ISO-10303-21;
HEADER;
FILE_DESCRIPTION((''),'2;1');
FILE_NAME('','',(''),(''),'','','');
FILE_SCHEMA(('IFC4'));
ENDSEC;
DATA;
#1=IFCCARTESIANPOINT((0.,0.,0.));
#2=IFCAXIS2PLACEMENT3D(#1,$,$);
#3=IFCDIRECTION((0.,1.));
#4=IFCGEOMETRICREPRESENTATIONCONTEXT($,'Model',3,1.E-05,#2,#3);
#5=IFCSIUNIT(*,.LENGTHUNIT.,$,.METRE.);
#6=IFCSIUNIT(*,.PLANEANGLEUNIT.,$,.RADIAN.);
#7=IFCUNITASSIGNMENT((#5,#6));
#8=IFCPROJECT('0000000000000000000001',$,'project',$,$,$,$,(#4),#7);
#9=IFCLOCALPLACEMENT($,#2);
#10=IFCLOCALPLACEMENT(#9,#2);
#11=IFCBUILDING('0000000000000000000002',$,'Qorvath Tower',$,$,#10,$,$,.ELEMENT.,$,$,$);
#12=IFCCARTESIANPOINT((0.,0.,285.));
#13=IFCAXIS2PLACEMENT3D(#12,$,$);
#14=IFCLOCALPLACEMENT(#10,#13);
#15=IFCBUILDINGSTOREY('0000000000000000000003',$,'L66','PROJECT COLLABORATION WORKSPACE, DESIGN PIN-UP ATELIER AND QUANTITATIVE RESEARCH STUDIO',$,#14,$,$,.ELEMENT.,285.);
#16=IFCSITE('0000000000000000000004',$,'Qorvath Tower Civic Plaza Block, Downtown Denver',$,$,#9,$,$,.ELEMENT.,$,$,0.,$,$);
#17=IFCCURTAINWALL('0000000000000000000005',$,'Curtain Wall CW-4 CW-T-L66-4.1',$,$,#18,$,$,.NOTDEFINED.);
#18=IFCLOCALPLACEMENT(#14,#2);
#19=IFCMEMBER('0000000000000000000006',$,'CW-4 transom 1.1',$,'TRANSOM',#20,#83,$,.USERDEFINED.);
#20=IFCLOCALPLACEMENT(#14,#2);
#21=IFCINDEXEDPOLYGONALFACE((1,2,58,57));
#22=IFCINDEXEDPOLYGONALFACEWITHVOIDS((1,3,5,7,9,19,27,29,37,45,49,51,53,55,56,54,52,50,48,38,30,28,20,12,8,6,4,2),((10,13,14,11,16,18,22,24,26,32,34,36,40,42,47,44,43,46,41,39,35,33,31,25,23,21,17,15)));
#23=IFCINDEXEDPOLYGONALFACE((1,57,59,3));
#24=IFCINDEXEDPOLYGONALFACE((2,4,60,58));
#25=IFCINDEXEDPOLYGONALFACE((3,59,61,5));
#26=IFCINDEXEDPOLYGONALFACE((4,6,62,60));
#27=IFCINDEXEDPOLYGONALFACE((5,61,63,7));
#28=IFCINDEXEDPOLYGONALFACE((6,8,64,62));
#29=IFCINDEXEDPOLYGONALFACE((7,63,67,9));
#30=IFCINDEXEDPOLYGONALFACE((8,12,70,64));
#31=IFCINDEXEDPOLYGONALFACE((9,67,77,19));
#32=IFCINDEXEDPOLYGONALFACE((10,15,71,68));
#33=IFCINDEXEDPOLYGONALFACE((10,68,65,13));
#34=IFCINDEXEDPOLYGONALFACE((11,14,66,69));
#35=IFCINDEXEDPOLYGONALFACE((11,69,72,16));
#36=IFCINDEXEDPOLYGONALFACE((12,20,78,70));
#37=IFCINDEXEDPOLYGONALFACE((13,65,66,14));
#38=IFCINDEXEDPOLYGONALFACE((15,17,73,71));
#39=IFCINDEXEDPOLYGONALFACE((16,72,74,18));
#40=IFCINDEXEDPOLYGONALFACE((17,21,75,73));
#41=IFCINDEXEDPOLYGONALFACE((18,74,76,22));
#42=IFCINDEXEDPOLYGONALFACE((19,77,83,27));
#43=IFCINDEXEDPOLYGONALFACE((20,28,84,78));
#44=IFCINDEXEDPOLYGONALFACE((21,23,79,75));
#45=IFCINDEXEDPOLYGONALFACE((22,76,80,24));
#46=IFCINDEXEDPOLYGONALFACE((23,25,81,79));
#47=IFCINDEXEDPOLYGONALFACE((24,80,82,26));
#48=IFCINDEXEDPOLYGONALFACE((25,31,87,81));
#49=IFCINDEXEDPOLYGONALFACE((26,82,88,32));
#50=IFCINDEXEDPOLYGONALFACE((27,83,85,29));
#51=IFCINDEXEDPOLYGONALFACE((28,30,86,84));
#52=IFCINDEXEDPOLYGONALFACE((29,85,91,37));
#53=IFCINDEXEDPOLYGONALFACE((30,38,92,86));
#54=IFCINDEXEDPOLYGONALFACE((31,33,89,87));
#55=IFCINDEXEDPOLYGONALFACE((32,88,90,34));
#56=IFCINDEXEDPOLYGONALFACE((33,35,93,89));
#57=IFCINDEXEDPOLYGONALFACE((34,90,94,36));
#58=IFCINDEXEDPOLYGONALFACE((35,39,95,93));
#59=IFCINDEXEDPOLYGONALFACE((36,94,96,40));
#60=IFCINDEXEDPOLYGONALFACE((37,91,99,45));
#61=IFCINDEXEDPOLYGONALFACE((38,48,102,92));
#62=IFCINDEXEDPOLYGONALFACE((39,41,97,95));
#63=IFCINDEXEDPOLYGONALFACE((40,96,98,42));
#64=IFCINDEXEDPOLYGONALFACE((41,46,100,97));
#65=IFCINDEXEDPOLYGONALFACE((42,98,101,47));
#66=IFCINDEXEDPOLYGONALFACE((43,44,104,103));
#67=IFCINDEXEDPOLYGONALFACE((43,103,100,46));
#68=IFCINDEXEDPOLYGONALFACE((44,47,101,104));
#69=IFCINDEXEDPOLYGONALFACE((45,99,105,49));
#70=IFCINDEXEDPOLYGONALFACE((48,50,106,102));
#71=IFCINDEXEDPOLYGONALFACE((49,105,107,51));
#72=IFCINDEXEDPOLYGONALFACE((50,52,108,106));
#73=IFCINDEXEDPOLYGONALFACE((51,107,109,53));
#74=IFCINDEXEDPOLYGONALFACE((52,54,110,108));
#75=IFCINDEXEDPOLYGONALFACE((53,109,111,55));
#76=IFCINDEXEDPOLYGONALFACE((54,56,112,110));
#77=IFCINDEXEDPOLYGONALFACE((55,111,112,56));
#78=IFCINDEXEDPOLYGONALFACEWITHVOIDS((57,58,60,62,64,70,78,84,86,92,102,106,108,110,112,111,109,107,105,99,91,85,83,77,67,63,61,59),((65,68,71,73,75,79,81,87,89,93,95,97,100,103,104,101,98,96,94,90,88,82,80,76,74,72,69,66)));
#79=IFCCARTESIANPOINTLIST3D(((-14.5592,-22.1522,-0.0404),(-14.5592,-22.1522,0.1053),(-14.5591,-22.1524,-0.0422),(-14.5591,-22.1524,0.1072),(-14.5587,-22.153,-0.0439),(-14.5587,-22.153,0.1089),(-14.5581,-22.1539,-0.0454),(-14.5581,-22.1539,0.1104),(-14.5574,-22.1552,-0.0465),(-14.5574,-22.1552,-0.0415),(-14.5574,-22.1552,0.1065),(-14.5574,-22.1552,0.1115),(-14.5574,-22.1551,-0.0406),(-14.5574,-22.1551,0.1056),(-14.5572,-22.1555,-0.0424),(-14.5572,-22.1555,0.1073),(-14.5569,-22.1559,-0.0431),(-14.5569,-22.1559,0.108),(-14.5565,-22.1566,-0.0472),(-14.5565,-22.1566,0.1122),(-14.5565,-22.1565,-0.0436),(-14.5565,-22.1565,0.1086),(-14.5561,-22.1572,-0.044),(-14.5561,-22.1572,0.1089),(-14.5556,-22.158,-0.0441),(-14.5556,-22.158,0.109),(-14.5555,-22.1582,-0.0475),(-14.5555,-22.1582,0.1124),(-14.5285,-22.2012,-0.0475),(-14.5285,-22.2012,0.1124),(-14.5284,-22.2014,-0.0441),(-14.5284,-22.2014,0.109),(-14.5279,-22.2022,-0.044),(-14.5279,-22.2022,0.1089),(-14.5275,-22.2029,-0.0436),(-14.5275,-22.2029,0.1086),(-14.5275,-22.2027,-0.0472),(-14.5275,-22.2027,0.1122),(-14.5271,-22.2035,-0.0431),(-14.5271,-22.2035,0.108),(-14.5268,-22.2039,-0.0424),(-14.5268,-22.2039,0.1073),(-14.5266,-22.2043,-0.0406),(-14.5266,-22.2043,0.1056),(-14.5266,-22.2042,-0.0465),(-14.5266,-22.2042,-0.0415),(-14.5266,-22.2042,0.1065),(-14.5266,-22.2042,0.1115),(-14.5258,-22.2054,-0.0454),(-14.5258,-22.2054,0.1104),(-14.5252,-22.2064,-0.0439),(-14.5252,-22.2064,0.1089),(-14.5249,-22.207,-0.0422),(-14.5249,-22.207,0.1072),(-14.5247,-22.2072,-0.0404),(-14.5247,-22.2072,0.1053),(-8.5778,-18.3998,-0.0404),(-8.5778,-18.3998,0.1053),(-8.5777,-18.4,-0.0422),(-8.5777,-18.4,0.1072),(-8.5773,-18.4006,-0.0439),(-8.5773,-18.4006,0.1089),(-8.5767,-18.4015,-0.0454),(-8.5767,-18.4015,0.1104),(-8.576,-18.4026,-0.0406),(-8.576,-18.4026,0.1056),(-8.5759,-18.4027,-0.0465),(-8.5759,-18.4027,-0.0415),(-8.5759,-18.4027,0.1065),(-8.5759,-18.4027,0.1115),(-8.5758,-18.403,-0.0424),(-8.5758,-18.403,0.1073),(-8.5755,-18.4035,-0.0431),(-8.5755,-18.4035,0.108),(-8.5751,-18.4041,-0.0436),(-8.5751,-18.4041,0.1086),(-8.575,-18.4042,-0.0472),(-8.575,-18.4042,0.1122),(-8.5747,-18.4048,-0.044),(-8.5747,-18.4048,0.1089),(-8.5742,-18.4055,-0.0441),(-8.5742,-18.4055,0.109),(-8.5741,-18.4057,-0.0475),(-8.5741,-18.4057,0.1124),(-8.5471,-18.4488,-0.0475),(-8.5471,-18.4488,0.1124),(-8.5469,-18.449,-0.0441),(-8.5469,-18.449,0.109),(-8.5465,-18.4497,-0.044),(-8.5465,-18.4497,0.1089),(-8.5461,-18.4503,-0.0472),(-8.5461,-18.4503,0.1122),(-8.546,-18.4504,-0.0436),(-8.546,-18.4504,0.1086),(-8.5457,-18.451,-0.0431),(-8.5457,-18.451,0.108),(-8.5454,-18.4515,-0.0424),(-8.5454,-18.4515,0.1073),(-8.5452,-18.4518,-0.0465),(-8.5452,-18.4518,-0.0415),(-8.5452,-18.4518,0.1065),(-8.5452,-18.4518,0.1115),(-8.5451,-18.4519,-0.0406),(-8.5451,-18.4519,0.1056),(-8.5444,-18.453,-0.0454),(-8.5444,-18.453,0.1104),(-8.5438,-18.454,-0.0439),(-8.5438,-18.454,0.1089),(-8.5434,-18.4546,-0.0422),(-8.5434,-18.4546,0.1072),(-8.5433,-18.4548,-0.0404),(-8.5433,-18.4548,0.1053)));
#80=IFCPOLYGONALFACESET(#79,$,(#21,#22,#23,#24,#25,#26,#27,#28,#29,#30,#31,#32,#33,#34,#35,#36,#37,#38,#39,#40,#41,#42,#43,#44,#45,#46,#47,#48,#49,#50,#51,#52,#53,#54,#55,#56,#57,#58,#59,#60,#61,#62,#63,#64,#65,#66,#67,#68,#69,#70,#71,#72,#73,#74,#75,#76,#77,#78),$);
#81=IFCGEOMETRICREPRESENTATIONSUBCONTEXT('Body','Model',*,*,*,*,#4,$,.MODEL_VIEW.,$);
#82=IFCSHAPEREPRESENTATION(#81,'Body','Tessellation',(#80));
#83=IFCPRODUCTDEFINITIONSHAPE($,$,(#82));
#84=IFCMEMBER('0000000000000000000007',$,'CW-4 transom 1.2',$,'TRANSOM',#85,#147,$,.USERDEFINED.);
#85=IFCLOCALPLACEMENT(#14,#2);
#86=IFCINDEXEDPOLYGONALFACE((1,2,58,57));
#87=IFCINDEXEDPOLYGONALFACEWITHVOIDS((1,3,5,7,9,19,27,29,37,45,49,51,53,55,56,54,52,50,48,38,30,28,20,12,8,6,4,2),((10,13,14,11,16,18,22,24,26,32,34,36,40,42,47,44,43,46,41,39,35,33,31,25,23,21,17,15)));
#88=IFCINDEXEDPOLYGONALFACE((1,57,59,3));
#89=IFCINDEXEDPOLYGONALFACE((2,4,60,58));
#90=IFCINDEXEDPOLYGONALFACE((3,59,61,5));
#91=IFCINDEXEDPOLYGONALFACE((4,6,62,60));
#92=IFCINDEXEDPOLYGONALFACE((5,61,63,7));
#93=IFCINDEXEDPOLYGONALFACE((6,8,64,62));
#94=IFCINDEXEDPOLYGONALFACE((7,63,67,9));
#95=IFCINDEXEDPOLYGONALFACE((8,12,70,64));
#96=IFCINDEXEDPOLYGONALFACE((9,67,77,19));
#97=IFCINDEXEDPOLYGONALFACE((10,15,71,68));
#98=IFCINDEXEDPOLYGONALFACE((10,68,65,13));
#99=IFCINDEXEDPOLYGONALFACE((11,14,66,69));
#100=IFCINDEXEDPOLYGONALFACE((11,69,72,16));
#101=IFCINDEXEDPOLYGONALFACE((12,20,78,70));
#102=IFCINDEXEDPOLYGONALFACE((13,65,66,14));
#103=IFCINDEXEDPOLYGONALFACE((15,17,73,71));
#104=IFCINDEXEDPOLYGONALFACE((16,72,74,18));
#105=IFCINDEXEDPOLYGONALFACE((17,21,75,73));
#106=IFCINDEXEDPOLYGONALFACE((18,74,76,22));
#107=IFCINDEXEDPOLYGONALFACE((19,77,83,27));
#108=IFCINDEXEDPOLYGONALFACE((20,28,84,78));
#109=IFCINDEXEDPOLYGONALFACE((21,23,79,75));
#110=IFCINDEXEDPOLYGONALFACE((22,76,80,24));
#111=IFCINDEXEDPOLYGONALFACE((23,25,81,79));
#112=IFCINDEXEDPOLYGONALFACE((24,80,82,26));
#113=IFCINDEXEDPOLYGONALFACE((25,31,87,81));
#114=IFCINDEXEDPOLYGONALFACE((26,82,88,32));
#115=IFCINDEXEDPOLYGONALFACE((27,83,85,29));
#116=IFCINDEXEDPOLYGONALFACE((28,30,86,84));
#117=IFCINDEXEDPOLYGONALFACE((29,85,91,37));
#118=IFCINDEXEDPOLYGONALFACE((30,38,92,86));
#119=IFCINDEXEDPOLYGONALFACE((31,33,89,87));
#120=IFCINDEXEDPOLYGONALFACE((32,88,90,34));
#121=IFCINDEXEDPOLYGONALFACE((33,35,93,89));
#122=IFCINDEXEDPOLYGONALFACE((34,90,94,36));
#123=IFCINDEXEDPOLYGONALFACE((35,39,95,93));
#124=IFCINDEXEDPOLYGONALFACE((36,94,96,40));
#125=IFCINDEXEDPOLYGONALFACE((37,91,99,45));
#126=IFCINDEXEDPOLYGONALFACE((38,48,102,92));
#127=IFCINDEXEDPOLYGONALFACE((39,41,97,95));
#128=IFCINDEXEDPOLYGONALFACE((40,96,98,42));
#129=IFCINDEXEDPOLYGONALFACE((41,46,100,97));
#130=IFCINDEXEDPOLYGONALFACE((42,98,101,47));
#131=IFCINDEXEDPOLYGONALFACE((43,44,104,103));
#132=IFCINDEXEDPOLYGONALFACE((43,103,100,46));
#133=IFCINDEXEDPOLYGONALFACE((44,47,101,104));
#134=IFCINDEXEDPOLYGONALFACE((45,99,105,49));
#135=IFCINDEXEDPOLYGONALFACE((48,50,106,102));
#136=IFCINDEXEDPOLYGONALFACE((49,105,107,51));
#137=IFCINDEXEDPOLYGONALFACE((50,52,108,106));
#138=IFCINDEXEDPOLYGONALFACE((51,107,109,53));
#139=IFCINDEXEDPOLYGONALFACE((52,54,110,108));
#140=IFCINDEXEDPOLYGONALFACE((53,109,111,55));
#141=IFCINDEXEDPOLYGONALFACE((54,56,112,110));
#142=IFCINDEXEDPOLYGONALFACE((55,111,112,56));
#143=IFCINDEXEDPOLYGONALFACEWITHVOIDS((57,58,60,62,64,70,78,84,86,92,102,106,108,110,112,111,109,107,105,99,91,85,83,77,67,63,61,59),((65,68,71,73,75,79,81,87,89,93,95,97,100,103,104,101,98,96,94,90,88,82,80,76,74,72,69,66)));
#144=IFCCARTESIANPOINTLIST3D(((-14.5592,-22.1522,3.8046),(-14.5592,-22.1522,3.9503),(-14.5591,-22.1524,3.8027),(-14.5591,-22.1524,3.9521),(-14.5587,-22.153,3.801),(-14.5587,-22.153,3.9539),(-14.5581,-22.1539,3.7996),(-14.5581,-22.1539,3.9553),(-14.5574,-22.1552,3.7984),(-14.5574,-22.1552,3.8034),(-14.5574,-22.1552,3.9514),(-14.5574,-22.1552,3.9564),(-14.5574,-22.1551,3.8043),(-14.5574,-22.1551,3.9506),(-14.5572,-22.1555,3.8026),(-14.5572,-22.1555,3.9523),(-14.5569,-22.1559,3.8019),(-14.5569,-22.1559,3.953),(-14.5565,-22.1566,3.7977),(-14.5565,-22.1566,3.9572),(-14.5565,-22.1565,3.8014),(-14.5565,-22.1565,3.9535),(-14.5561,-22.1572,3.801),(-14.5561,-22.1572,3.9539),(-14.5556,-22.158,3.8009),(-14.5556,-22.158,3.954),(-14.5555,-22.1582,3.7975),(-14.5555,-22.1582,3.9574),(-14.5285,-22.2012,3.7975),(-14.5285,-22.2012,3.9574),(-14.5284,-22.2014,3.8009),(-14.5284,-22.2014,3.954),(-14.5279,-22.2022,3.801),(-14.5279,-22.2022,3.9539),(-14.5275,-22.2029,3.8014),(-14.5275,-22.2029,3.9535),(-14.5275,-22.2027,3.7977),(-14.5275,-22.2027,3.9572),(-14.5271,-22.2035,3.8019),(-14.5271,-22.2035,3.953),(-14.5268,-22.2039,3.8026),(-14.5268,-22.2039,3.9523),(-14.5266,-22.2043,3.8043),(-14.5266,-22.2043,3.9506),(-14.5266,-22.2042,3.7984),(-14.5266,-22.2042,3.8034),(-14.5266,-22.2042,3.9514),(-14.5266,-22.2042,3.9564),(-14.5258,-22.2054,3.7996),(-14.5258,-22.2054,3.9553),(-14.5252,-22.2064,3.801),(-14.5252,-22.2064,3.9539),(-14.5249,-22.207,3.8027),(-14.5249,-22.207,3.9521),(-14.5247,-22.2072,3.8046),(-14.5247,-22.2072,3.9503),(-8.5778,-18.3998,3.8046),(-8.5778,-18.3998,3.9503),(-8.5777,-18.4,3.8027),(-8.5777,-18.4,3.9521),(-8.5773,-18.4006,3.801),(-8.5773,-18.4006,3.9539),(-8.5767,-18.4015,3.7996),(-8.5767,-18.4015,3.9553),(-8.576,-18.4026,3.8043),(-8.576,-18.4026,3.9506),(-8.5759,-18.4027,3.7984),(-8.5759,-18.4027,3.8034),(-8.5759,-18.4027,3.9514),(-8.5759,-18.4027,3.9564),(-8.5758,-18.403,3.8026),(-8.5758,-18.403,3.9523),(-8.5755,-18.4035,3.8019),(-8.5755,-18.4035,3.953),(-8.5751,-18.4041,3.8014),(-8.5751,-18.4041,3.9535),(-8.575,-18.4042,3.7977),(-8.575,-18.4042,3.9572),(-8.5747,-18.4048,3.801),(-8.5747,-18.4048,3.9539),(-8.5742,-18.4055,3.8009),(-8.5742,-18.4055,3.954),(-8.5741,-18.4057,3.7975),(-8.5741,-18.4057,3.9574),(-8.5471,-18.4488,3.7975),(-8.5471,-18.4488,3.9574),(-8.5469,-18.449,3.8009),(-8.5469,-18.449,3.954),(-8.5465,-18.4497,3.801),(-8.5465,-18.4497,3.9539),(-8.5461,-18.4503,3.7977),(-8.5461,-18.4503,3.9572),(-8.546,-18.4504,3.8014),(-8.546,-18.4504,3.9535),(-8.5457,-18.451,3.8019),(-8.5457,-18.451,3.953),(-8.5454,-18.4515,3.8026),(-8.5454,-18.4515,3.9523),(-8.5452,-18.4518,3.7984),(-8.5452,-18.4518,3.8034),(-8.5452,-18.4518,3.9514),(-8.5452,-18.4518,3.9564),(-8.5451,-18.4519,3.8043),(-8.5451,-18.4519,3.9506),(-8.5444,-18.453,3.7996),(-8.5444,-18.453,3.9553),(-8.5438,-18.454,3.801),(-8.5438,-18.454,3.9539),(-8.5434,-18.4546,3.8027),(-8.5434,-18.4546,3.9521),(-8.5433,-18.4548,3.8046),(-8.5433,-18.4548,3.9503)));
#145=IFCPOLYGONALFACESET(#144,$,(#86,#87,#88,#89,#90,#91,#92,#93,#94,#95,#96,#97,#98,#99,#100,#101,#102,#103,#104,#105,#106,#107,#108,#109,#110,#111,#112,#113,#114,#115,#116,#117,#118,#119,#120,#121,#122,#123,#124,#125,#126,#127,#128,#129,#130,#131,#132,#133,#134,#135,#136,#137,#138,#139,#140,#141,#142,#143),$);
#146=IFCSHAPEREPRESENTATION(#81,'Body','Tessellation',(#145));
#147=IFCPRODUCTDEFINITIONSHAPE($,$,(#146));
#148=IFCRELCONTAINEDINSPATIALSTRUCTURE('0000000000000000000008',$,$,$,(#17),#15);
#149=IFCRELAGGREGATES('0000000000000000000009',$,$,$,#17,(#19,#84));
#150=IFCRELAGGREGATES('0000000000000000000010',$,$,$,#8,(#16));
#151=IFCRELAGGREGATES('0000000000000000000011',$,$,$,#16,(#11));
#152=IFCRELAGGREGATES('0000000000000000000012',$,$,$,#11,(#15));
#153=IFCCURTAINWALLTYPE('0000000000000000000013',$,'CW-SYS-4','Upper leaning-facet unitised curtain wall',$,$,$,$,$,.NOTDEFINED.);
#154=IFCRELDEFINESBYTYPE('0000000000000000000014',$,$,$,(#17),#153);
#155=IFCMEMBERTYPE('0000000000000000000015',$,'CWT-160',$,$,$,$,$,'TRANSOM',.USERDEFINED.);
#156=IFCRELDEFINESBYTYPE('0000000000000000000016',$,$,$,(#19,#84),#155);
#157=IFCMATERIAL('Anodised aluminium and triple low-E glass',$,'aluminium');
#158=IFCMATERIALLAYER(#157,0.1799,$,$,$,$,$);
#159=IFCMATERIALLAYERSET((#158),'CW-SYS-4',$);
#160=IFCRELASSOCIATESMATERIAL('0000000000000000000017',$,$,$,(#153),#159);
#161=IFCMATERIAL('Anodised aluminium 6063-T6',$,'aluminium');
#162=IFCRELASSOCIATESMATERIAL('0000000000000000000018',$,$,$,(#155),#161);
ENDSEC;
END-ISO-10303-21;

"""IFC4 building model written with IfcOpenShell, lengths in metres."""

from ifc_helpers import new_model, si_unit, direction, frame, origin, origin_2d, place, context, subcontext, project, spatial, hollow_rectangle, extrude, material, layer, layer_set, material_profile, profile_set, type_object, element, aggregate, save


model = new_model("IFC4")

# Units and contexts
model_context = context("Model", 3, precision=1e-05, world=origin(), true_north=direction((0.0, 1.0)))
body_context = subcontext(model_context, "Body", "Model", "MODEL_VIEW")
ifc_project = project(units=[si_unit("LENGTHUNIT", "METRE"), si_unit("PLANEANGLEUNIT", "RADIAN")], contexts=[model_context])

# Site, building, storey
site_placement = place(None, origin())
site = spatial("IfcSite", under=ifc_project, at=site_placement, Name="Qorvath Tower Civic Plaza Block, Downtown Denver", CompositionType="ELEMENT", RefElevation=0.0)
building_placement = place(site_placement, origin())
building = spatial("IfcBuilding", under=site, at=building_placement, Name="Qorvath Tower", CompositionType="ELEMENT")
storey_placement = place(building_placement, frame((0.0, 0.0, 285.0)))
storey = spatial("IfcBuildingStorey", under=building, at=storey_placement, Name="L66", Description="PROJECT COLLABORATION WORKSPACE, DESIGN PIN-UP ATELIER AND QUANTITATIVE RESEARCH STUDIO", CompositionType="ELEMENT", Elevation=285.0)

# Shared definitions
ifc_material_1 = material(Name="Anodised aluminium and triple low-E glass", Category="aluminium")
ifc_layer_1 = layer(ifc_material_1, 0.1799)
ifc_layer_set_1 = layer_set([ifc_layer_1], Name="CW-SYS-4")
curtain_wall_type = type_object("IfcCurtainWallType", Name="CW-SYS-4", Description="Upper leaning-facet unitised curtain wall", PredefinedType="NOTDEFINED", material=ifc_layer_set_1)

# Curtain wall
curtain_wall_1_placement = place(storey_placement, origin())
curtain_wall_1 = element("IfcCurtainWall", 1, at=curtain_wall_1_placement, inside=storey, type_object=curtain_wall_type, Name="Curtain Wall CW-4 CW-T-L66-4.1", PredefinedType="NOTDEFINED")

# Members
ifc_material_2 = material(Name="Anodised aluminium 6063-T6", Category="aluminium")
ifc_material_profile_1 = material_profile(ifc_material_2, hollow_rectangle(XDim=0.0649, YDim=0.1599, WallThickness=0.0034, InnerFilletRadius=0.0034, OuterFilletRadius=0.0071, at=origin_2d()), Name="CWT 160x65")
ifc_profile_set_1 = profile_set([ifc_material_profile_1], Name="Anodised aluminium 6063-T6")
member_type_1 = type_object("IfcMemberType", Name="CWT-160", ElementType="TRANSOM", PredefinedType="USERDEFINED", material=ifc_profile_set_1)
member_1_placement = place(storey_placement, frame((-14.542, -22.1797, 0.0325), z_axis=(0.847104, 0.531428, 0.0), x_axis=(-0.531428, 0.847104, 0.0)))
member_1 = element("IfcMember", 2, at=member_1_placement, type_object=member_type_1, Name="CW-4 transom 1.1", ObjectType="TRANSOM", PredefinedType="USERDEFINED", context=body_context, shape_type="SweptSolid", body=[
    extrude(hollow_rectangle(XDim=0.0649, YDim=0.1599, WallThickness=0.0034, InnerFilletRadius=0.0034, OuterFilletRadius=0.0071, at=origin_2d()), origin(), (0.0, 0.0, 1.0), 7.061),
])
member_2_placement = place(storey_placement, frame((-14.542, -22.1797, 3.8774), z_axis=(0.847104, 0.531428, 0.0), x_axis=(-0.531428, 0.847104, 0.0)))
member_2 = element("IfcMember", 3, at=member_2_placement, type_object=member_type_1, Name="CW-4 transom 1.2", ObjectType="TRANSOM", PredefinedType="USERDEFINED", context=body_context, shape_type="SweptSolid", body=[
    extrude(hollow_rectangle(XDim=0.0649, YDim=0.1599, WallThickness=0.0034, InnerFilletRadius=0.0034, OuterFilletRadius=0.0071, at=origin_2d()), origin(), (0.0, 0.0, 1.0), 7.061),
])

aggregate(curtain_wall_1, [member_1, member_2])

save(model, "model.ifc")
